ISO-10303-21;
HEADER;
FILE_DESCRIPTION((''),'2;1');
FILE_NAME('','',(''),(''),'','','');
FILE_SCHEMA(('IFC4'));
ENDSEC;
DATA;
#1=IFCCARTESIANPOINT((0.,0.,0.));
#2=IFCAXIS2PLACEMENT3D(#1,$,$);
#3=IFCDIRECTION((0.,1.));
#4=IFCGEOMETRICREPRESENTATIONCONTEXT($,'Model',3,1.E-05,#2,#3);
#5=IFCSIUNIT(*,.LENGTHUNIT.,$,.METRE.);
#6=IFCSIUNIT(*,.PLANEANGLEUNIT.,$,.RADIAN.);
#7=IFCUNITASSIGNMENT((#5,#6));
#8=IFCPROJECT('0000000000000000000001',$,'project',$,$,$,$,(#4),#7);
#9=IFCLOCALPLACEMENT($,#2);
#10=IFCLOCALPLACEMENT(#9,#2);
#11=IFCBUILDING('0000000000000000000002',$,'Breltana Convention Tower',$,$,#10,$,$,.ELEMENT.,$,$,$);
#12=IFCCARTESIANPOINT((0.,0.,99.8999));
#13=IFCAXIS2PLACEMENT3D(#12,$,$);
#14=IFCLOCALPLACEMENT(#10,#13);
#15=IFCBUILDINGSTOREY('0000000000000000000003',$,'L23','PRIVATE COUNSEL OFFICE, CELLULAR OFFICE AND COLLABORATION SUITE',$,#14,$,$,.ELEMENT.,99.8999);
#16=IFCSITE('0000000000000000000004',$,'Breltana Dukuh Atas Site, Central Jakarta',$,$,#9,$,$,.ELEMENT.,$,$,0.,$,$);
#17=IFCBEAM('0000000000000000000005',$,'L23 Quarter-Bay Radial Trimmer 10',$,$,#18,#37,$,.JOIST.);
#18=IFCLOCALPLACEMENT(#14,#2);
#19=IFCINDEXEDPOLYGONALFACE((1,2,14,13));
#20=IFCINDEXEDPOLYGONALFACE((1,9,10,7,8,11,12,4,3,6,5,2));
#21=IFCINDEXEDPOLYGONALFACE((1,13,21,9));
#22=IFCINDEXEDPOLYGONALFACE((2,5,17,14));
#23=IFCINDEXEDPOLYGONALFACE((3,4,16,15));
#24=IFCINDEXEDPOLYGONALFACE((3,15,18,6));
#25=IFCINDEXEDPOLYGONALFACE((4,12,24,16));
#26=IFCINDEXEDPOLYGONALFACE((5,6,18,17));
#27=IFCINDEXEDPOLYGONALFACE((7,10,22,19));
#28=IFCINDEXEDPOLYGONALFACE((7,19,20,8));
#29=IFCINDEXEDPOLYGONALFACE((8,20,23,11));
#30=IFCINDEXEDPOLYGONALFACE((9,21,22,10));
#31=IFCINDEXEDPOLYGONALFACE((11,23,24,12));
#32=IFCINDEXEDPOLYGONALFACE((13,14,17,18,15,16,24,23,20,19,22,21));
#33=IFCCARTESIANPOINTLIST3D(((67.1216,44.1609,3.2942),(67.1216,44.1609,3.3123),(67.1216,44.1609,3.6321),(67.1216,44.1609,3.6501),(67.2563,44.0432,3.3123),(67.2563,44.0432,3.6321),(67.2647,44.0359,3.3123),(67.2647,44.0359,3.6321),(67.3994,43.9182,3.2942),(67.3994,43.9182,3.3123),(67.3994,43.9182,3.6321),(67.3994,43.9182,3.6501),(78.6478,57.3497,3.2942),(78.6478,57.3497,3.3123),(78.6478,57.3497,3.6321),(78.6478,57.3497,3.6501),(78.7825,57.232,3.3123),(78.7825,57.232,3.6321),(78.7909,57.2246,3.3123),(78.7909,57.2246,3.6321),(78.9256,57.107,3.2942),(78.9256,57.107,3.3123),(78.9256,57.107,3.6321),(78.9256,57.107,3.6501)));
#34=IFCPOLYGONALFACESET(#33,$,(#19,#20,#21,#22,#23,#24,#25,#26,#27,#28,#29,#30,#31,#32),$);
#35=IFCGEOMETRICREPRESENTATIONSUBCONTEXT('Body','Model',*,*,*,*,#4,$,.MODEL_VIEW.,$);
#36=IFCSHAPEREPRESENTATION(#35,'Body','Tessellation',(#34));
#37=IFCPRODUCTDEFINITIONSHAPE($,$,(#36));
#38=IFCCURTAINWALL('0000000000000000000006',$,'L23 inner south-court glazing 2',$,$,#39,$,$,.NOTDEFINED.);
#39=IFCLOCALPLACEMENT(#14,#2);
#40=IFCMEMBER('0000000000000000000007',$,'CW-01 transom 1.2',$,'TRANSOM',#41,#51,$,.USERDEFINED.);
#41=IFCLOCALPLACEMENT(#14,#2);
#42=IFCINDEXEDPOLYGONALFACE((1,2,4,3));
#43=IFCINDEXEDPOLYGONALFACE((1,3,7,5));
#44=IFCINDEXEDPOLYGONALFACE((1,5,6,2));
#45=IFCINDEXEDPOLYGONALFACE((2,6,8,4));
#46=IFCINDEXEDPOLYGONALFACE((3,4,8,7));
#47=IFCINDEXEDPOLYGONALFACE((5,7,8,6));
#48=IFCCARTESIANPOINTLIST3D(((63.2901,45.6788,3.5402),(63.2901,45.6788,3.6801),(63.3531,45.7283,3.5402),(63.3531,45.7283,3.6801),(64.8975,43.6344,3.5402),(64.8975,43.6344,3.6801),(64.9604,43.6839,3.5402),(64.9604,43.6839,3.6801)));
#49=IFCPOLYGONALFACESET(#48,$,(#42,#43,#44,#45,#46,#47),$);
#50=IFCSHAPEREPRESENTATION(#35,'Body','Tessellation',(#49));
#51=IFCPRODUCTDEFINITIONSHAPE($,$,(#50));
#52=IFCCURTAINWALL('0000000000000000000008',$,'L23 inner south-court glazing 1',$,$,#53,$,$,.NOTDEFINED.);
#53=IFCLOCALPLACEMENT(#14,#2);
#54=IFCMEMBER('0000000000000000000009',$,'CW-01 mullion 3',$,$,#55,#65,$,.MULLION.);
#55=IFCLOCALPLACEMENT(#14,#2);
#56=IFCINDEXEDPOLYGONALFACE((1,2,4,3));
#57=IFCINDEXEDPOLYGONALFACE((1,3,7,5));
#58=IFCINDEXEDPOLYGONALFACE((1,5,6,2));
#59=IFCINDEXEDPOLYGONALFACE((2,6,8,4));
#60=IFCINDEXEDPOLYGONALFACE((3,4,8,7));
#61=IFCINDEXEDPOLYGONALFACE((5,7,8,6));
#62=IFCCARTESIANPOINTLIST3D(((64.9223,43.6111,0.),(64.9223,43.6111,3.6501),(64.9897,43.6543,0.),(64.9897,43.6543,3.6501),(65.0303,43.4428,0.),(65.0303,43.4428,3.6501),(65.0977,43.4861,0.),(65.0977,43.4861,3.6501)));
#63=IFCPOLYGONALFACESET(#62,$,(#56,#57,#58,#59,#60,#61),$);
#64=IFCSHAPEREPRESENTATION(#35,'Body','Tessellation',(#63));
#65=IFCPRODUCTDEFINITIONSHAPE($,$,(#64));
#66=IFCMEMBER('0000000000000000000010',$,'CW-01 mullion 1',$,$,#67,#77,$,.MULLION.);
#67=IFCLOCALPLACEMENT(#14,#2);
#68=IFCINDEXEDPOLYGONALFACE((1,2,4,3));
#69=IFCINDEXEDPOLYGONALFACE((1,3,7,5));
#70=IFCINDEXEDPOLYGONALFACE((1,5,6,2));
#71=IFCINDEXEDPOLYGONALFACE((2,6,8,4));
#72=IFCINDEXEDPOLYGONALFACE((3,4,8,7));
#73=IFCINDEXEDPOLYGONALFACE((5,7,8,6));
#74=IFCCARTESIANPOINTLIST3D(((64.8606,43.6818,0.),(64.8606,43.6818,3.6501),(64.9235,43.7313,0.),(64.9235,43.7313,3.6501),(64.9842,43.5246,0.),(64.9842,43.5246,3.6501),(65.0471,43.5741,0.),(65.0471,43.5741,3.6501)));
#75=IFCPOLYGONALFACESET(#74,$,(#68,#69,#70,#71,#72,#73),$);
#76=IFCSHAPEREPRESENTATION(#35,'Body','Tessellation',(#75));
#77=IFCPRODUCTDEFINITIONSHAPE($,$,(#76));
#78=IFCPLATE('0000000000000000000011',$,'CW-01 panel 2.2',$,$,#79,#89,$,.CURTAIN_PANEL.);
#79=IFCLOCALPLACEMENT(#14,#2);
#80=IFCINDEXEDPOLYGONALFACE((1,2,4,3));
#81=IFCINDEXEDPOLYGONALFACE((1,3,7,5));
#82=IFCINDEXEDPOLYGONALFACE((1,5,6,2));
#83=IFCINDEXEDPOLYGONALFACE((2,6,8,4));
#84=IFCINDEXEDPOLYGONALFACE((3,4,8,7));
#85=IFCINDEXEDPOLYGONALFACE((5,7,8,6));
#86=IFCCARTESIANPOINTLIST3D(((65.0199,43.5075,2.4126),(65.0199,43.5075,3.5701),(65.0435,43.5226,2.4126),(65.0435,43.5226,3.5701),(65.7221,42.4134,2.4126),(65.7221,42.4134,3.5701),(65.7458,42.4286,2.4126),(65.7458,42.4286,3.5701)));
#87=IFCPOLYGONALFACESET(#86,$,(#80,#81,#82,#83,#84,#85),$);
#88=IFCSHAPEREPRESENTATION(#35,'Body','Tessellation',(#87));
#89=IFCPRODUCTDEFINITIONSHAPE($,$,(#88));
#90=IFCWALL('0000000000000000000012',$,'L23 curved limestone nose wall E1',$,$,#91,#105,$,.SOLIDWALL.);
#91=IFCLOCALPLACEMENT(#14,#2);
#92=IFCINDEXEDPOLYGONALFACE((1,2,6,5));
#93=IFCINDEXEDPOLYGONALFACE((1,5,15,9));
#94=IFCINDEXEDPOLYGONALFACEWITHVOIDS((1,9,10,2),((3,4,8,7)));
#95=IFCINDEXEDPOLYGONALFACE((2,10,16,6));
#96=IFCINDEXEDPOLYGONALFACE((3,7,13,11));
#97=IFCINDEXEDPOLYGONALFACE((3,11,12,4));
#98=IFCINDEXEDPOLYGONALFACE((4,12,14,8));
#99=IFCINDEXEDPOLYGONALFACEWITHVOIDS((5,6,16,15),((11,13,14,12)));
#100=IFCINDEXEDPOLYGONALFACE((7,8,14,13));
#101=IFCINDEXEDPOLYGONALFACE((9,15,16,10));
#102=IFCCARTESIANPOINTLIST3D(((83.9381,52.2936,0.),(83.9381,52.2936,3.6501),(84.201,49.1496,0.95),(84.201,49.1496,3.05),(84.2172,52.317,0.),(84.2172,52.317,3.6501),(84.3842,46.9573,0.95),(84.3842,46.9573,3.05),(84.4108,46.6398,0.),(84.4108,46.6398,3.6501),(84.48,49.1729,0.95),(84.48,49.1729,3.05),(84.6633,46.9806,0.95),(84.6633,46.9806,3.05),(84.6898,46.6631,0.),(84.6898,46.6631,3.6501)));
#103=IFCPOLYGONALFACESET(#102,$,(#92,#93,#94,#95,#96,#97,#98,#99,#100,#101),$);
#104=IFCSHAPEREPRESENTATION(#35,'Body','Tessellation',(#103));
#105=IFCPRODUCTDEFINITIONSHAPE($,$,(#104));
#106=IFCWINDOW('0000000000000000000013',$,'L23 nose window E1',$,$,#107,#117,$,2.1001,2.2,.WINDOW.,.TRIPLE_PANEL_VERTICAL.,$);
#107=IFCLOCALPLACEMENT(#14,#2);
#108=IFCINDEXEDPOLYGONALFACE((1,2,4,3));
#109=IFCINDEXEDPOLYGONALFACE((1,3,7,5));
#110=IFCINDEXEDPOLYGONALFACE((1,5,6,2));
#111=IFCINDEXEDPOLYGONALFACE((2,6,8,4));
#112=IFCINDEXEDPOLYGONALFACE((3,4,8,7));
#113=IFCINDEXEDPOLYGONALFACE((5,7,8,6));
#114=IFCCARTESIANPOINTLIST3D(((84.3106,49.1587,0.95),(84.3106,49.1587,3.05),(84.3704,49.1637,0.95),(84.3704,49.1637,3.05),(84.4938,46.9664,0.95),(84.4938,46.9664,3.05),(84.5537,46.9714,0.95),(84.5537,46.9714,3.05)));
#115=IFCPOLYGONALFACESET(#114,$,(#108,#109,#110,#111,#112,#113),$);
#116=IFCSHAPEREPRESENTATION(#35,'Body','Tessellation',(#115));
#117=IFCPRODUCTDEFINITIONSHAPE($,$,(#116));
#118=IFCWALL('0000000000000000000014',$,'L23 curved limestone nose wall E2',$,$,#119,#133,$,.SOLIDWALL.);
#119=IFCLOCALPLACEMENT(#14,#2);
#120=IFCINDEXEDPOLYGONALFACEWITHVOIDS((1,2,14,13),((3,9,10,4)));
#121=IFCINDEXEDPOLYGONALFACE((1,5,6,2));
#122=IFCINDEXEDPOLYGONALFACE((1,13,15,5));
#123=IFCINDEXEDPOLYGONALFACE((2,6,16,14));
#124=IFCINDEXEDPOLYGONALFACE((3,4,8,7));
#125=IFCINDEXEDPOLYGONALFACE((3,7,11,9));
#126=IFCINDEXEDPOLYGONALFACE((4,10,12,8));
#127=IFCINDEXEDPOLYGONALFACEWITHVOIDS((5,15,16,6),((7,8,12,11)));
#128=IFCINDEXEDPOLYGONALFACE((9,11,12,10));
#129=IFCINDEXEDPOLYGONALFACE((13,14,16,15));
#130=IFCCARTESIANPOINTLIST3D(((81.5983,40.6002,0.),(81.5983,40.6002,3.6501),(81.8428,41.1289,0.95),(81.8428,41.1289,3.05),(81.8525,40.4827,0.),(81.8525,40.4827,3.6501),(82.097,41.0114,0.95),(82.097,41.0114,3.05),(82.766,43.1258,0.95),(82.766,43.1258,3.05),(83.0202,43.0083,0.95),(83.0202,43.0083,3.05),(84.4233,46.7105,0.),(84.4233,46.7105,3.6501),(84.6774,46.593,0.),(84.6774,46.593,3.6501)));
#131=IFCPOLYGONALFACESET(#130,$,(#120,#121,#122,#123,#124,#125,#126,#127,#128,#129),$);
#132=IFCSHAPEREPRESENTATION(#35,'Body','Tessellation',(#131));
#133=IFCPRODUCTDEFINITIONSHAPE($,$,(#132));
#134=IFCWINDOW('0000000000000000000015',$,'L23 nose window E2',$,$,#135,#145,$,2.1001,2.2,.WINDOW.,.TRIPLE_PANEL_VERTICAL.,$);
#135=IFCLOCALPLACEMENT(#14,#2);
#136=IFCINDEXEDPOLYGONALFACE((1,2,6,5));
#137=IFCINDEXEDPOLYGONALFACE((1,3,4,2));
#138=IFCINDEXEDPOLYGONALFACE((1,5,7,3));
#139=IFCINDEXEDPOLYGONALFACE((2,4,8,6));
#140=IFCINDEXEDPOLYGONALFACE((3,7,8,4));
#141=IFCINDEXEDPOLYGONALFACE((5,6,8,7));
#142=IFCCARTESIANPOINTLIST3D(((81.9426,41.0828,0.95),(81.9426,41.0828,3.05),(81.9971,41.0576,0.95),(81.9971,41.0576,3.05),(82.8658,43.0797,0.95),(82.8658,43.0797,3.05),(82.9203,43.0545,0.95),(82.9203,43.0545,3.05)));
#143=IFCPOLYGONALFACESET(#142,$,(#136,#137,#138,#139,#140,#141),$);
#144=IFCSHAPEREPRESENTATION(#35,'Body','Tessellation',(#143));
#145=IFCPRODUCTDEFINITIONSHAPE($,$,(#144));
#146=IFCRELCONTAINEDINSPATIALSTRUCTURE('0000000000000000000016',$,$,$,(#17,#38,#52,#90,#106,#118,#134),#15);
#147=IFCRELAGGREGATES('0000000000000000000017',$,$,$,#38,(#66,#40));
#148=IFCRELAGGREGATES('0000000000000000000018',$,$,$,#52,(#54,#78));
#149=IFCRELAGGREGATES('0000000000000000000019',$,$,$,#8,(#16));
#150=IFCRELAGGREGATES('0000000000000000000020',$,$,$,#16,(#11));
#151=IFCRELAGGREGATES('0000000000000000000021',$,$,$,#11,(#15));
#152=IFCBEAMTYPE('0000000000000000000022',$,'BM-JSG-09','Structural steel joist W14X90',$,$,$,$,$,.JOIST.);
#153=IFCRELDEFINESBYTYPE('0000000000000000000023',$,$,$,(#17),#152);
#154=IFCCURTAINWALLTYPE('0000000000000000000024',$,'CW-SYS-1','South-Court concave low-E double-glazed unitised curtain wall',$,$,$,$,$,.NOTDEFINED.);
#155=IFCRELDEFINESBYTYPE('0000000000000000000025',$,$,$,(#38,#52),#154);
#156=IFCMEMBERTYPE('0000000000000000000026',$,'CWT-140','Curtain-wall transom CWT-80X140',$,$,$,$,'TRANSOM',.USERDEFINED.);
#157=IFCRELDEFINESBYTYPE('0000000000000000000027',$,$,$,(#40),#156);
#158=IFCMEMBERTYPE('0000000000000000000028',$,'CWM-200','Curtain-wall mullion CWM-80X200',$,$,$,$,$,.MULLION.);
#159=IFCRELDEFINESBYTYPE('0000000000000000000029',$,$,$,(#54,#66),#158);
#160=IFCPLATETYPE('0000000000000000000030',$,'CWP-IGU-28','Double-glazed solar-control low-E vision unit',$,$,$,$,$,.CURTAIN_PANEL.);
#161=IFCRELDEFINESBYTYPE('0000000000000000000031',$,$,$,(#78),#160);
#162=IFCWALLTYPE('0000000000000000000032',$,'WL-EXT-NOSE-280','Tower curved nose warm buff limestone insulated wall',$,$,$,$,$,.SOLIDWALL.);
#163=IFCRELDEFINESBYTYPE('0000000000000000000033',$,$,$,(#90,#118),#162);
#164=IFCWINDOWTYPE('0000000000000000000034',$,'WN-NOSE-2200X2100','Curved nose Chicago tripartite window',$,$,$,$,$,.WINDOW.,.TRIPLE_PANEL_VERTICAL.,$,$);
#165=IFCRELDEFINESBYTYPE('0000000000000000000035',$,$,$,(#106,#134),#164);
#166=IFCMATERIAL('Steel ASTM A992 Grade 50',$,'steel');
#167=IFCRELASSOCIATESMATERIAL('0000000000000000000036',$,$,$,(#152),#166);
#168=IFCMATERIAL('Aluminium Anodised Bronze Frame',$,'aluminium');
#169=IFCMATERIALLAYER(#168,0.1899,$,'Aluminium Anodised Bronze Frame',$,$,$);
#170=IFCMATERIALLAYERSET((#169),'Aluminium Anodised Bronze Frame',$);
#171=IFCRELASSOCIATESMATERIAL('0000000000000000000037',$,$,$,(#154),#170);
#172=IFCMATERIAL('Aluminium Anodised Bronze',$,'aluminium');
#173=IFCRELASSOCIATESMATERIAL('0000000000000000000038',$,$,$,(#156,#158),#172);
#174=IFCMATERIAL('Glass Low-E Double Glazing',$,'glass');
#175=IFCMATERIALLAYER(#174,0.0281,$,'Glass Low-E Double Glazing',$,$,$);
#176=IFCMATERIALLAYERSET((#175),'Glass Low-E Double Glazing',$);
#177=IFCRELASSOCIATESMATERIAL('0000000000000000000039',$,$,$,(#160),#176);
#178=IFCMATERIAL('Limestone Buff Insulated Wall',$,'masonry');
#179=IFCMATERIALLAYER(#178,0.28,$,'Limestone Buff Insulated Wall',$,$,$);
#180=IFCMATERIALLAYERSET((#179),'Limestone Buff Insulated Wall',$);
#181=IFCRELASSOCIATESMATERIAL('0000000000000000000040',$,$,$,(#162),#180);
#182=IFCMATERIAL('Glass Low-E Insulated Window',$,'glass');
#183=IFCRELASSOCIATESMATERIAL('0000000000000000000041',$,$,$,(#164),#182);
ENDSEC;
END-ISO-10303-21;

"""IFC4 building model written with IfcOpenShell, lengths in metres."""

from ifc_helpers import new_model, si_unit, direction, frame, frame_2d, origin, origin_2d, place, context, subcontext, project, spatial, rectangle, i_section, extrude, source, transform, mapped, material, layer, layer_set, material_profile, profile_set, type_object, type_shapes, element, fill, aggregate, save


model = new_model("IFC4")

# Units and contexts
model_context = context("Model", 3, precision=1e-05, world=origin(), true_north=direction((0.0, 1.0)))
body_context = subcontext(model_context, "Body", "Model", "MODEL_VIEW")
ifc_project = project(units=[si_unit("LENGTHUNIT", "METRE"), si_unit("PLANEANGLEUNIT", "RADIAN")], contexts=[model_context])

# Site, building, storey
site_placement = place(None, origin())
site = spatial("IfcSite", under=ifc_project, at=site_placement, Name="Breltana Dukuh Atas Site, Central Jakarta", CompositionType="ELEMENT", RefElevation=0.0)
building_placement = place(site_placement, origin())
building = spatial("IfcBuilding", under=site, at=building_placement, Name="Breltana Convention Tower", CompositionType="ELEMENT")
storey_placement = place(building_placement, frame((0.0, 0.0, 99.8999)))
storey = spatial("IfcBuildingStorey", under=building, at=storey_placement, Name="L23", Description="PRIVATE COUNSEL OFFICE, CELLULAR OFFICE AND COLLABORATION SUITE", CompositionType="ELEMENT", Elevation=99.8999)

# Beam
ifc_material_1 = material(Name="Steel ASTM A992 Grade 50", Category="steel")
ifc_material_profile_1 = material_profile(ifc_material_1, i_section(OverallWidth=0.3689, OverallDepth=0.356, WebThickness=0.0112, FlangeThickness=0.0181, at=origin_2d()), Name="W14X90")
ifc_profile_set_1 = profile_set([ifc_material_profile_1], Name="Steel ASTM A992 Grade 50")
beam_type_1 = type_object("IfcBeamType", Name="BM-JSG-09", Description="Structural steel joist W14X90", PredefinedType="JOIST", material=ifc_profile_set_1)
shared_shape_1 = source(origin(), body_context, "Body", "SweptSolid", [
    extrude(i_section(OverallWidth=0.3689, OverallDepth=0.356, WebThickness=0.0112, FlangeThickness=0.0181, at=origin_2d()), origin(), (0.0, 0.0, 1.0), 17.5156),
])
beam_1_placement = place(storey_placement, frame((67.2605, 44.0396, 3.4722), z_axis=(0.658052, 0.752973, 0.0), x_axis=(-0.752973, 0.658052, 0.0)))
element("IfcBeam", 1, at=beam_1_placement, inside=storey, type_object=beam_type_1, Name="L23 Quarter-Bay Radial Trimmer 10", PredefinedType="JOIST", context=body_context, shape_type="MappedRepresentation", body=[
    mapped(shared_shape_1, transform((0.0, 0.0, 0.0), scale=1.0)),
])

# Curtain walls, members
ifc_material_2 = material(Name="Aluminium Anodised Bronze Frame", Category="aluminium")
ifc_layer_1 = layer(ifc_material_2, 0.1899, Name="Aluminium Anodised Bronze Frame")
ifc_layer_set_1 = layer_set([ifc_layer_1], Name="Aluminium Anodised Bronze Frame")
curtain_wall_type = type_object("IfcCurtainWallType", Name="CW-SYS-1", Description="South-Court concave low-E double-glazed unitised curtain wall", PredefinedType="NOTDEFINED", material=ifc_layer_set_1)
curtain_wall_1_placement = place(storey_placement, origin())
curtain_wall_1 = element("IfcCurtainWall", 2, at=curtain_wall_1_placement, inside=storey, type_object=curtain_wall_type, Name="L23 inner south-court glazing 2", PredefinedType="NOTDEFINED")
ifc_material_3 = material(Name="Aluminium Anodised Bronze", Category="aluminium")
ifc_material_profile_2 = material_profile(ifc_material_3, rectangle(XDim=0.0801, YDim=0.1399, at=origin_2d()), Name="CWT-80X140")
ifc_profile_set_2 = profile_set([ifc_material_profile_2], Name="Aluminium Anodised Bronze")
member_type_1 = type_object("IfcMemberType", Name="CWT-140", Description="Curtain-wall transom CWT-80X140", ElementType="TRANSOM", PredefinedType="USERDEFINED", material=ifc_profile_set_2)
shared_shape_2 = source(origin(), body_context, "Body", "SweptSolid", [
    extrude(rectangle(XDim=0.0801, YDim=0.1399, at=origin_2d()), origin(), (0.0, 0.0, 1.0), 2.6006),
])
member_1_placement = place(storey_placement, frame((64.929, 43.6592, 3.6101), z_axis=(-0.618079, 0.786116, 0.0), x_axis=(-0.786116, -0.618079, 0.0)))
member_1 = element("IfcMember", 3, at=member_1_placement, type_object=member_type_1, Name="CW-01 transom 1.2", ObjectType="TRANSOM", PredefinedType="USERDEFINED", context=body_context, shape_type="MappedRepresentation", body=[
    mapped(shared_shape_2, transform((0.0, 0.0, 0.0), scale=1.0)),
])
curtain_wall_2_placement = place(storey_placement, origin())
curtain_wall_2 = element("IfcCurtainWall", 4, at=curtain_wall_2_placement, inside=storey, type_object=curtain_wall_type, Name="L23 inner south-court glazing 1", PredefinedType="NOTDEFINED")
ifc_material_profile_3 = material_profile(ifc_material_3, rectangle(XDim=0.0801, YDim=0.2, at=origin_2d()), Name="CWM-80X200")
ifc_profile_set_3 = profile_set([ifc_material_profile_3], Name="Aluminium Anodised Bronze")
member_type_2 = type_object("IfcMemberType", Name="CWM-200", Description="Curtain-wall mullion CWM-80X200", PredefinedType="MULLION", material=ifc_profile_set_3)
shared_shape_3 = source(origin(), body_context, "Body", "SweptSolid", [
    extrude(rectangle(XDim=0.0801, YDim=0.2, at=origin_2d()), origin(), (0.0, 0.0, 1.0), 3.6501),
])
member_2_placement = place(storey_placement, frame((65.01, 43.5486, 0.0), z_axis=(0.0, 0.0, 1.0), x_axis=(-0.841551, -0.540177, 0.0)))
member_2 = element("IfcMember", 5, at=member_2_placement, type_object=member_type_2, Name="CW-01 mullion 3", PredefinedType="MULLION", context=body_context, shape_type="MappedRepresentation", body=[
    mapped(shared_shape_3, transform((0.0, 0.0, 0.0), scale=1.0)),
])

# Member
member_3_placement = place(storey_placement, frame((64.9539, 43.6279, 0.0), z_axis=(0.0, 0.0, 1.0), x_axis=(-0.786054, -0.618157, 0.0)))
member_3 = element("IfcMember", 6, at=member_3_placement, type_object=member_type_2, Name="CW-01 mullion 1", PredefinedType="MULLION", context=body_context, shape_type="MappedRepresentation", body=[
    mapped(shared_shape_3, transform((0.0, 0.0, 0.0), scale=1.0)),
])
aggregate(curtain_wall_1, [member_3, member_1])

# Plate
ifc_material_4 = material(Name="Glass Low-E Double Glazing", Category="glass")
ifc_layer_2 = layer(ifc_material_4, 0.0281, Name="Glass Low-E Double Glazing")
ifc_layer_set_2 = layer_set([ifc_layer_2], Name="Glass Low-E Double Glazing")
plate_type = type_object("IfcPlateType", Name="CWP-IGU-28", Description="Double-glazed solar-control low-E vision unit", PredefinedType="CURTAIN_PANEL", material=ifc_layer_set_2)
shared_shape_4 = source(origin(), body_context, "Body", "SweptSolid", [
    extrude(rectangle(XDim=1.3, YDim=0.0281, at=origin_2d()), origin(), (0.0, 0.0, 1.0), 1.1575),
])
plate_placement = place(storey_placement, frame((65.3828, 42.968, 2.4126), z_axis=(0.0, 0.0, 1.0), x_axis=(-0.540177, 0.841551, 0.0)))
plate = element("IfcPlate", 7, at=plate_placement, type_object=plate_type, Name="CW-01 panel 2.2", PredefinedType="CURTAIN_PANEL", context=body_context, shape_type="MappedRepresentation", body=[
    mapped(shared_shape_4, transform((0.0, 0.0, 0.0), scale=1.0)),
])
aggregate(curtain_wall_2, [member_2, plate])

# Walls, openings, windows
ifc_material_5 = material(Name="Limestone Buff Insulated Wall", Category="masonry")
ifc_layer_3 = layer(ifc_material_5, 0.28, Name="Limestone Buff Insulated Wall")
ifc_layer_set_3 = layer_set([ifc_layer_3], Name="Limestone Buff Insulated Wall")
wall_type_1 = type_object("IfcWallType", Name="WL-EXT-NOSE-280", Description="Tower curved nose warm buff limestone insulated wall", PredefinedType="SOLIDWALL", material=ifc_layer_set_3)
shared_shape_5 = source(origin(), body_context, "Body", "SweptSolid", [
    extrude(rectangle(XDim=5.6736, YDim=0.28, at=frame_2d((2.8369, 0.0))), origin(), (0.0, 0.0, 1.0), 3.6501),
])
wall_1_placement = place(storey_placement, frame((84.0776, 52.3054, 0.0), z_axis=(0.0, 0.0, 1.0), x_axis=(0.083309, -0.996524, 0.0)))
wall_1 = element("IfcWall", 8, at=wall_1_placement, inside=storey, type_object=wall_type_1, Name="L23 curved limestone nose wall E1", PredefinedType="SOLIDWALL", context=body_context, shape_type="MappedRepresentation", body=[
    mapped(shared_shape_5, transform((0.0, 0.0, 0.0), scale=1.0)),
])
opening_1_placement = place(wall_1_placement, frame((3.155, 0.0, 0.95)))
opening_1 = element("IfcOpeningElement", 9, at=opening_1_placement, cuts=wall_1, PredefinedType="OPENING", context=body_context, shape_type="SweptSolid", body=[
    extrude(rectangle(XDim=2.2, YDim=2.1001, at=frame_2d((1.1001, 1.05))), frame((0.0, 0.1499, 0.0), z_axis=(0.0, -1.0, 0.0), x_axis=(1.0, 0.0, 0.0)), (0.0, 0.0, 1.0), 0.3),
])
ifc_material_6 = material(Name="Glass Low-E Insulated Window", Category="glass")
window_type = type_object("IfcWindowType", Name="WN-NOSE-2200X2100", Description="Curved nose Chicago tripartite window", PartitioningType="TRIPLE_PANEL_VERTICAL", PredefinedType="WINDOW", material=ifc_material_6)
shared_shape_6 = source(origin(), body_context, "Body", "SweptSolid", [
    extrude(rectangle(XDim=2.2, YDim=2.1001, at=frame_2d((1.1001, 1.05))), frame((0.0, 0.03, 0.0), z_axis=(0.0, -1.0, 0.0), x_axis=(1.0, 0.0, 0.0)), (0.0, 0.0, 1.0), 0.0601),
])
type_shapes(window_type, [shared_shape_6])
window_1_placement = place(opening_1_placement, origin())
window_1 = element("IfcWindow", 10, at=window_1_placement, inside=storey, type_object=window_type, Name="L23 nose window E1", OverallHeight=2.1001, OverallWidth=2.2, PartitioningType="TRIPLE_PANEL_VERTICAL", PredefinedType="WINDOW", context=body_context, shape_type="MappedRepresentation", body=[
    mapped(shared_shape_6, transform((0.0, 0.0, 0.0), scale=1.0)),
])
fill(opening_1, window_1)
shared_shape_7 = source(origin(), body_context, "Body", "SweptSolid", [
    extrude(rectangle(XDim=6.7317, YDim=0.28, at=frame_2d((3.3657, 0.0))), origin(), (0.0, 0.0, 1.0), 3.6501),
])
wall_2_placement = place(storey_placement, frame((84.5503, 46.6516, 0.0), z_axis=(0.0, 0.0, 1.0), x_axis=(-0.419645, -0.907689, 0.0)))
wall_2 = element("IfcWall", 11, at=wall_2_placement, inside=storey, type_object=wall_type_1, Name="L23 curved limestone nose wall E2", PredefinedType="SOLIDWALL", context=body_context, shape_type="MappedRepresentation", body=[
    mapped(shared_shape_7, transform((0.0, 0.0, 0.0), scale=1.0)),
])
opening_2_placement = place(wall_2_placement, frame((3.949, 0.0, 0.95)))
opening_2 = element("IfcOpeningElement", 12, at=opening_2_placement, cuts=wall_2, PredefinedType="OPENING", context=body_context, shape_type="SweptSolid", body=[
    extrude(rectangle(XDim=2.2, YDim=2.1001, at=frame_2d((1.1001, 1.05))), frame((0.0, 0.1499, 0.0), z_axis=(0.0, -1.0, 0.0), x_axis=(1.0, 0.0, 0.0)), (0.0, 0.0, 1.0), 0.3),
])
window_2_placement = place(opening_2_placement, origin())
window_2 = element("IfcWindow", 13, at=window_2_placement, inside=storey, type_object=window_type, Name="L23 nose window E2", OverallHeight=2.1001, OverallWidth=2.2, PartitioningType="TRIPLE_PANEL_VERTICAL", PredefinedType="WINDOW", context=body_context, shape_type="MappedRepresentation", body=[
    mapped(shared_shape_6, transform((0.0, 0.0, 0.0), scale=1.0)),
])
fill(opening_2, window_2)

save(model, "model.ifc")
